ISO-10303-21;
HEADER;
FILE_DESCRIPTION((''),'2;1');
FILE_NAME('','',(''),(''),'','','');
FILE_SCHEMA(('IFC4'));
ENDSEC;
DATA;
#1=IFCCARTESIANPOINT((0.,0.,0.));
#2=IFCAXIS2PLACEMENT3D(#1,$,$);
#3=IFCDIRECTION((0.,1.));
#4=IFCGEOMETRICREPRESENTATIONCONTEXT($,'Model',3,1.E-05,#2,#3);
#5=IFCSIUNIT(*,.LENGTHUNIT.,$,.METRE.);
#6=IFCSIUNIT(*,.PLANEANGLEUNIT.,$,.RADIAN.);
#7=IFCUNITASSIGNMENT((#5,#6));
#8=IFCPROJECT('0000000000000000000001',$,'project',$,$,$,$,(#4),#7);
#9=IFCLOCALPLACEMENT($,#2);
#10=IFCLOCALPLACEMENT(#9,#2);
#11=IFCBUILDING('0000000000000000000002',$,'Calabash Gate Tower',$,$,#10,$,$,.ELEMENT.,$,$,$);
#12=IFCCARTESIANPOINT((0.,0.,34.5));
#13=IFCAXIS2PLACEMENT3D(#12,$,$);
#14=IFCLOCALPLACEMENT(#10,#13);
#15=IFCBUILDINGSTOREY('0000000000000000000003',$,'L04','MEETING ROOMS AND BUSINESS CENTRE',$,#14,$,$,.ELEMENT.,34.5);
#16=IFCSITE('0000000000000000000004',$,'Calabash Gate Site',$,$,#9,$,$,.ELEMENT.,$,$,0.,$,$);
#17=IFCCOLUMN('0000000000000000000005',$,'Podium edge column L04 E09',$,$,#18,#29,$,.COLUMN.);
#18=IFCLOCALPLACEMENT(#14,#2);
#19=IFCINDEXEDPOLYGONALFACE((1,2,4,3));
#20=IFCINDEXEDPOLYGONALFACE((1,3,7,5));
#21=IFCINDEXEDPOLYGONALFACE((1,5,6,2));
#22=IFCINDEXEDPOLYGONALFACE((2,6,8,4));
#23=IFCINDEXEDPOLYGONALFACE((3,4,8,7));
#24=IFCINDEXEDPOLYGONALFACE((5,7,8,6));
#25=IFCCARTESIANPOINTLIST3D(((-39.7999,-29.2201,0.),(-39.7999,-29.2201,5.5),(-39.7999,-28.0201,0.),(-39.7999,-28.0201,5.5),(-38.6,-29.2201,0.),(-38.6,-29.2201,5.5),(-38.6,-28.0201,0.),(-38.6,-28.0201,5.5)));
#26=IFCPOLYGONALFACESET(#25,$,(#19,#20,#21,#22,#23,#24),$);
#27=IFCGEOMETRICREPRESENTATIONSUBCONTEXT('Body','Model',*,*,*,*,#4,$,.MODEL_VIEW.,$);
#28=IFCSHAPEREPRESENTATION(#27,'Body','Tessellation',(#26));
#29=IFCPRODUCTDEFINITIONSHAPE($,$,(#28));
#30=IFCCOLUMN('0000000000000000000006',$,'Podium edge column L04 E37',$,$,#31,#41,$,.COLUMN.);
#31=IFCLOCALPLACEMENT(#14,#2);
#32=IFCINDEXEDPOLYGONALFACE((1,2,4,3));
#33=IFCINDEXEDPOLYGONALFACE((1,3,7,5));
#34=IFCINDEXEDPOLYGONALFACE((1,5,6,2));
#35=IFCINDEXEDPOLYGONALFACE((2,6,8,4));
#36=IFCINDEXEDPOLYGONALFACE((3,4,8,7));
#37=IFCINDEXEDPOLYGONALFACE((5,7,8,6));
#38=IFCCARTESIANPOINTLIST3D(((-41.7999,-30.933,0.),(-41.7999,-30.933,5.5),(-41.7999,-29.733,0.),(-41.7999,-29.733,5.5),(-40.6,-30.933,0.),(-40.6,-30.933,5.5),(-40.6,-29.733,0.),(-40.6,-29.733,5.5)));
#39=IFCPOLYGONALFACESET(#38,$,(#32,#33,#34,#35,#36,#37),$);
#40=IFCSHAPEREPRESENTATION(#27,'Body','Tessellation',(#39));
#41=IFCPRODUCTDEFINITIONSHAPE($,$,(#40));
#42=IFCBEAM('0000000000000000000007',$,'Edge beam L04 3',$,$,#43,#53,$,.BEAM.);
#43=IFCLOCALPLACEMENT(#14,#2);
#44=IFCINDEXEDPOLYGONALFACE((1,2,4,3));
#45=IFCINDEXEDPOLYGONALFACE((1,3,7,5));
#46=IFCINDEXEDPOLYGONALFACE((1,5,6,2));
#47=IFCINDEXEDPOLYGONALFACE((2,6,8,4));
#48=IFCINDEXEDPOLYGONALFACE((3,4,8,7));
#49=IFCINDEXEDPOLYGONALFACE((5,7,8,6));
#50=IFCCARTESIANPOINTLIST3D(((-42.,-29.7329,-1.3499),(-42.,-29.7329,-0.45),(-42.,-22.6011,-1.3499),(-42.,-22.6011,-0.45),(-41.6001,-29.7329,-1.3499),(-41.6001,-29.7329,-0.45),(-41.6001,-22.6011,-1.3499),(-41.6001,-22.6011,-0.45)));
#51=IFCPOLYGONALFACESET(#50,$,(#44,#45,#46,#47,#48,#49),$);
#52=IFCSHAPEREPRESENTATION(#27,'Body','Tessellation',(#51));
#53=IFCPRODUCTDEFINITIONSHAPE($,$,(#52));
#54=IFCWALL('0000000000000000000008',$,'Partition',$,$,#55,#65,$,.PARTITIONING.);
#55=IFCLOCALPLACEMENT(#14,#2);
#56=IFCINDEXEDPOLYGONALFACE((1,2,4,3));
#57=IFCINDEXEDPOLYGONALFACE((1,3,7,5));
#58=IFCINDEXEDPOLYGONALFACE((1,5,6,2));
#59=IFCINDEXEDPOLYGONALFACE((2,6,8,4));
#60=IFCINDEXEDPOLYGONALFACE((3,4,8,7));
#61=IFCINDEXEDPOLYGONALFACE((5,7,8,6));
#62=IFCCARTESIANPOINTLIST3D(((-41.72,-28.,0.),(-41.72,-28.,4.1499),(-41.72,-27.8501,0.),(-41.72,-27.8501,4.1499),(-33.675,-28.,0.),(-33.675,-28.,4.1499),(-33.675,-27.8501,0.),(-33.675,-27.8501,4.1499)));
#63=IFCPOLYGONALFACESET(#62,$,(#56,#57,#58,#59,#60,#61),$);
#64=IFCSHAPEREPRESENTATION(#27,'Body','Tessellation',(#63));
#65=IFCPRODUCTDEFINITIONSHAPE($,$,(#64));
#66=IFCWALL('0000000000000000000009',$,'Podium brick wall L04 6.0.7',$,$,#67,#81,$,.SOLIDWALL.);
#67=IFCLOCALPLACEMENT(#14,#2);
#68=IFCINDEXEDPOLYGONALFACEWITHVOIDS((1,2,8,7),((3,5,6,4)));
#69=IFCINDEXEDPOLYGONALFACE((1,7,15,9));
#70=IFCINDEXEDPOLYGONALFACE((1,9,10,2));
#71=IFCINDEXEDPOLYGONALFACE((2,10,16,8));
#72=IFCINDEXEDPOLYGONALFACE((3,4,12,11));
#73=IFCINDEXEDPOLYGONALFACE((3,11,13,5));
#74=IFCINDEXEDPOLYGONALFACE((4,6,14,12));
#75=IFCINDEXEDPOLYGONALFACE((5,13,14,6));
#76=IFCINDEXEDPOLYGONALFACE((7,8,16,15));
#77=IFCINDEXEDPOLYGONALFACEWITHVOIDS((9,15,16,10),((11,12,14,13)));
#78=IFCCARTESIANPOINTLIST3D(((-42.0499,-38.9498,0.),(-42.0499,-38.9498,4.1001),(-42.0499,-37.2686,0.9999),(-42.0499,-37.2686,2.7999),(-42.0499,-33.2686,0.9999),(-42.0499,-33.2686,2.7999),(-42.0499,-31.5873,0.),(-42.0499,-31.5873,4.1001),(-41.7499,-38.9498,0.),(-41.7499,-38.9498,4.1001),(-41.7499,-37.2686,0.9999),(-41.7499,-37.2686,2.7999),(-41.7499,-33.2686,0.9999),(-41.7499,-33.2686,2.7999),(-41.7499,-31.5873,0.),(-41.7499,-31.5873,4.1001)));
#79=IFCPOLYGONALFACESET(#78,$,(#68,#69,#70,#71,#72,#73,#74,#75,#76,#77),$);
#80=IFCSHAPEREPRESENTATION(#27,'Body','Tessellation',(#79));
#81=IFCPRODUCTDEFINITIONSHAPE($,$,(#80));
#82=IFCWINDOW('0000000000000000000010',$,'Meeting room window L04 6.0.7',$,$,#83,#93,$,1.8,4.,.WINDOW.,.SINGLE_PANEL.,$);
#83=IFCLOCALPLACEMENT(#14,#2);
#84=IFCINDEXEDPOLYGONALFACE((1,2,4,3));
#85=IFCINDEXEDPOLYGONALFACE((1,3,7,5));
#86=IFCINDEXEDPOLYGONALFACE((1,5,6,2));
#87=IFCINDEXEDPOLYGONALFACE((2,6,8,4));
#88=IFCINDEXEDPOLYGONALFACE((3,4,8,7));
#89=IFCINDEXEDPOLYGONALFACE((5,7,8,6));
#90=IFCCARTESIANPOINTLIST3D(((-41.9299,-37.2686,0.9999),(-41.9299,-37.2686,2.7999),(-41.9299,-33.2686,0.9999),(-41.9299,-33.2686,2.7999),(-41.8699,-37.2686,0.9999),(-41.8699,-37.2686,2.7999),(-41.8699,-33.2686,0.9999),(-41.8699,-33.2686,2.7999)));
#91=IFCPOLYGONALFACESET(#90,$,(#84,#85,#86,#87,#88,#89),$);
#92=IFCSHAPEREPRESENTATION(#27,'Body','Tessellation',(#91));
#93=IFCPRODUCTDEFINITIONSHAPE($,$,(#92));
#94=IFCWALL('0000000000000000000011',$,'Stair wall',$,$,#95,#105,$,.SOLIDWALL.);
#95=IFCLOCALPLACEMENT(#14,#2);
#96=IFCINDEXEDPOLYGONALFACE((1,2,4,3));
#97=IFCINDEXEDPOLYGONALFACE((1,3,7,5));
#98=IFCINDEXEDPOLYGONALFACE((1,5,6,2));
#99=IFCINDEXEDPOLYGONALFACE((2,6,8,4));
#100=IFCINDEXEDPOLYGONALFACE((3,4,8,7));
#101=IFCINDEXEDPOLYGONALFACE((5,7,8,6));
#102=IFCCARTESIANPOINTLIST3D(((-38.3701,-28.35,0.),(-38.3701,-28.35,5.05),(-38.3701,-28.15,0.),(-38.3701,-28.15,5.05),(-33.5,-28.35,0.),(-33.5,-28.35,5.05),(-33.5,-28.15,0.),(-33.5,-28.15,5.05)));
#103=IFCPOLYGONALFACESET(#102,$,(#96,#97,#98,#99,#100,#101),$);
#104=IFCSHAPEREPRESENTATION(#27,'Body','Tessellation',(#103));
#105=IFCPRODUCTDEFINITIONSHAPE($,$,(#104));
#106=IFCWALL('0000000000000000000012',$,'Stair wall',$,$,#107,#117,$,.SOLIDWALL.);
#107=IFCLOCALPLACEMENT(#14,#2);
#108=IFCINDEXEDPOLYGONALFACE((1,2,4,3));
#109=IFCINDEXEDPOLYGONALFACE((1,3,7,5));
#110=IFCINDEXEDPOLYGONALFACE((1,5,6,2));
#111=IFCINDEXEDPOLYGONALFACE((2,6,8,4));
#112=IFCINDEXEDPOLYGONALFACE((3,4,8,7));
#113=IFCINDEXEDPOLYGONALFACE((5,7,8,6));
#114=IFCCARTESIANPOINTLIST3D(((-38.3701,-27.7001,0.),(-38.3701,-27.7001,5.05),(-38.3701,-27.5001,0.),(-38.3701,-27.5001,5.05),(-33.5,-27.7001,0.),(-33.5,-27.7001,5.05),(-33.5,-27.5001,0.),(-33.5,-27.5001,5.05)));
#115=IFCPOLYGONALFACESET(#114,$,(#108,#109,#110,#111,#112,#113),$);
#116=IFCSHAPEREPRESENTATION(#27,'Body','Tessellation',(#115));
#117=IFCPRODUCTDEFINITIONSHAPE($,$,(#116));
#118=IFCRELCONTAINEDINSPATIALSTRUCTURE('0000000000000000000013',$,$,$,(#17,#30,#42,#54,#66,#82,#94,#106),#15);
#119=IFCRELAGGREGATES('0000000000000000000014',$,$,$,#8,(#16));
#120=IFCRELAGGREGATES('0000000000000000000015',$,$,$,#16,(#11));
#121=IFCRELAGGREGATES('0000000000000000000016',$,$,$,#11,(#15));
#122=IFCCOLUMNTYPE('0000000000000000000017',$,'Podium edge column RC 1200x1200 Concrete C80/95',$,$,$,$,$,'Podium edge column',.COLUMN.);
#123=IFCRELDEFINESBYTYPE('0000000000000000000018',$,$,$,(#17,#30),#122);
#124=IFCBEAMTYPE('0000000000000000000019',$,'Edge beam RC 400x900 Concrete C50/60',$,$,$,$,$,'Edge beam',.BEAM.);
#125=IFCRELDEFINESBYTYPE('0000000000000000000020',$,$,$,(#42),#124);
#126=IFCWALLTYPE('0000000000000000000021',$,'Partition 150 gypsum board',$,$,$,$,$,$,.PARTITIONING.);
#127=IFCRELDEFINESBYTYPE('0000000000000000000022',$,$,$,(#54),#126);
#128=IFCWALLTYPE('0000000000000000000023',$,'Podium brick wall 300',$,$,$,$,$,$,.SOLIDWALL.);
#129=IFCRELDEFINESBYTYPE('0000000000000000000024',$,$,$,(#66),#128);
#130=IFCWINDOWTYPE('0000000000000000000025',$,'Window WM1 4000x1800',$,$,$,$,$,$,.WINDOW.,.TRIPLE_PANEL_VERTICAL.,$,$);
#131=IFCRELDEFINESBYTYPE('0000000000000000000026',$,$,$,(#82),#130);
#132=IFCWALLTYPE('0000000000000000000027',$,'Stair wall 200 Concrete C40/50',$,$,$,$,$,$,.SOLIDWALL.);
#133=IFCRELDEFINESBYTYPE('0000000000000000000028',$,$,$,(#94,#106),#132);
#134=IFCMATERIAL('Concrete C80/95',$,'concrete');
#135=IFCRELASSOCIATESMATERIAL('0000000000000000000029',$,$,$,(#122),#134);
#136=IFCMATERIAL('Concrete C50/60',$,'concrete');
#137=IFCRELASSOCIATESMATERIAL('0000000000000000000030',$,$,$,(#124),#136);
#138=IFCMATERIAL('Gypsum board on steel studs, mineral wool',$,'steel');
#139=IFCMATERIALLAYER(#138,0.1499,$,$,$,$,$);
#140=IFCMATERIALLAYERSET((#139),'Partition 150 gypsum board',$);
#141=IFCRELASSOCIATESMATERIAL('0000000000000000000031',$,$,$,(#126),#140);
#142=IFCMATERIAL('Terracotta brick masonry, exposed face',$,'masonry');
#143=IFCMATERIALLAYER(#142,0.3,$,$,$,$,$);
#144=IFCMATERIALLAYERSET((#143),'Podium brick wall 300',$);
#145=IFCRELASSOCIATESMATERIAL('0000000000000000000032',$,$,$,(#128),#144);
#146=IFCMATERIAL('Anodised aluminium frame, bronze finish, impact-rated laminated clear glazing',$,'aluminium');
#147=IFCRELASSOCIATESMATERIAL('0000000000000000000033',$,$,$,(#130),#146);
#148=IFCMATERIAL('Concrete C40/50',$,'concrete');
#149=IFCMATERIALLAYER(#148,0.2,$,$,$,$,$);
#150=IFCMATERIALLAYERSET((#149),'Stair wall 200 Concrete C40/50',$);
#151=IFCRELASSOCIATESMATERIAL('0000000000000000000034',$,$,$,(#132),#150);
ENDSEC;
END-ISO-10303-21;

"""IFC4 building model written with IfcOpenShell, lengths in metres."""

from ifc_helpers import new_model, si_unit, direction, frame, frame_2d, origin, origin_2d, place, context, subcontext, project, spatial, rectangle, extrude, material, layer, layer_set, material_profile, profile_set, type_object, element, fill, save


model = new_model("IFC4")

# Units and contexts
model_context = context("Model", 3, precision=1e-05, world=origin(), true_north=direction((0.0, 1.0)))
body_context = subcontext(model_context, "Body", "Model", "MODEL_VIEW")
ifc_project = project(units=[si_unit("LENGTHUNIT", "METRE"), si_unit("PLANEANGLEUNIT", "RADIAN")], contexts=[model_context])

# Site, building, storey
site_placement = place(None, origin())
site = spatial("IfcSite", under=ifc_project, at=site_placement, Name="Calabash Gate Site", CompositionType="ELEMENT", RefElevation=0.0)
building_placement = place(site_placement, origin())
building = spatial("IfcBuilding", under=site, at=building_placement, Name="Calabash Gate Tower", CompositionType="ELEMENT")
storey_placement = place(building_placement, frame((0.0, 0.0, 34.5)))
storey = spatial("IfcBuildingStorey", under=building, at=storey_placement, Name="L04", Description="MEETING ROOMS AND BUSINESS CENTRE", CompositionType="ELEMENT", Elevation=34.5)

# Columns
ifc_material_1 = material(Name="Concrete C80/95", Category="concrete")
ifc_material_profile_1 = material_profile(ifc_material_1, rectangle(XDim=1.2, YDim=1.2, at=origin_2d()))
ifc_profile_set_1 = profile_set([ifc_material_profile_1], Name="Concrete C80/95")
column_type = type_object("IfcColumnType", Name="Podium edge column RC 1200x1200 Concrete C80/95", ElementType="Podium edge column", PredefinedType="COLUMN", material=ifc_profile_set_1)
for number, where, z_axis, x_axis, name in (
    (1, (-39.2, -28.6201, 0.0), (0.0, 0.0, 1.0), (1.0, 0.0, 0.0), "Podium edge column L04 E09"),
    (2, (-41.2, -30.333, 0.0), (0.0, 0.0, 1.0), (1.0, 0.0, 0.0), "Podium edge column L04 E37"),
):
    element("IfcColumn", number, at=place(storey_placement, frame(where, z_axis=z_axis, x_axis=x_axis)), inside=storey, type_object=column_type, Name=name, PredefinedType="COLUMN", context=body_context, shape_type="SweptSolid", body=[
        extrude(rectangle(XDim=1.2, YDim=1.2, at=origin_2d()), origin(), (0.0, 0.0, 1.0), 5.5),
    ])

# Beam
ifc_material_2 = material(Name="Concrete C50/60", Category="concrete")
ifc_material_profile_2 = material_profile(ifc_material_2, rectangle(XDim=0.3999, YDim=0.8999, at=origin_2d()))
ifc_profile_set_2 = profile_set([ifc_material_profile_2], Name="Concrete C50/60")
beam_type = type_object("IfcBeamType", Name="Edge beam RC 400x900 Concrete C50/60", ElementType="Edge beam", PredefinedType="BEAM", material=ifc_profile_set_2)
beam_placement = place(storey_placement, frame((-41.8, -29.7329, -0.8999), z_axis=(0.0, 1.0, 0.0), x_axis=(-1.0, 0.0, 0.0)))
element("IfcBeam", 3, at=beam_placement, inside=storey, type_object=beam_type, Name="Edge beam L04 3", PredefinedType="BEAM", context=body_context, shape_type="SweptSolid", body=[
    extrude(rectangle(XDim=0.3999, YDim=0.8999, at=origin_2d()), origin(), (0.0, 0.0, 1.0), 7.1318),
])

# Wall
ifc_material_3 = material(Name="Gypsum board on steel studs, mineral wool", Category="steel")
ifc_layer_1 = layer(ifc_material_3, 0.1499)
ifc_layer_set_1 = layer_set([ifc_layer_1], Name="Partition 150 gypsum board")
wall_type_1 = type_object("IfcWallType", Name="Partition 150 gypsum board", PredefinedType="PARTITIONING", material=ifc_layer_set_1)
wall_1_placement = place(storey_placement, frame((-41.72, -27.925, 0.0), z_axis=(0.0, 0.0, 1.0), x_axis=(1.0, 0.0, 0.0)))
element("IfcWall", 4, at=wall_1_placement, inside=storey, type_object=wall_type_1, Name="Partition", PredefinedType="PARTITIONING", context=body_context, shape_type="SweptSolid", body=[
    extrude(rectangle(XDim=8.0449, YDim=0.1499, at=frame_2d((4.0225, 0.0))), origin(), (0.0, 0.0, 1.0), 4.1499),
])

# Wall, opening, window
ifc_material_4 = material(Name="Terracotta brick masonry, exposed face", Category="masonry")
ifc_layer_2 = layer(ifc_material_4, 0.3)
ifc_layer_set_2 = layer_set([ifc_layer_2], Name="Podium brick wall 300")
wall_type_2 = type_object("IfcWallType", Name="Podium brick wall 300", PredefinedType="SOLIDWALL", material=ifc_layer_set_2)
wall_2_placement = place(storey_placement, frame((-41.8999, -31.5874, 0.0), z_axis=(0.0, 0.0, 1.0), x_axis=(0.0, -1.0, 0.0)))
wall_2 = element("IfcWall", 5, at=wall_2_placement, inside=storey, type_object=wall_type_2, Name="Podium brick wall L04 6.0.7", PredefinedType="SOLIDWALL", context=body_context, shape_type="SweptSolid", body=[
    extrude(rectangle(XDim=7.3625, YDim=0.3, at=frame_2d((3.6812, 0.0))), origin(), (0.0, 0.0, 1.0), 4.1001),
])
opening_1_placement = place(wall_2_placement, frame((1.6812, 0.0, 1.0)))
opening_1 = element("IfcOpeningElement", 6, at=opening_1_placement, cuts=wall_2, PredefinedType="OPENING", context=body_context, shape_type="SweptSolid", body=[
    extrude(rectangle(XDim=4.0, YDim=1.8, at=frame_2d((2.0, 0.8999))), frame((0.0, 0.1599, 0.0), z_axis=(0.0, -1.0, 0.0), x_axis=(1.0, 0.0, 0.0)), (0.0, 0.0, 1.0), 0.3201),
])
ifc_material_5 = material(Name="Anodised aluminium frame, bronze finish, impact-rated laminated clear glazing", Category="aluminium")
window_type = type_object("IfcWindowType", Name="Window WM1 4000x1800", PartitioningType="TRIPLE_PANEL_VERTICAL", PredefinedType="WINDOW", material=ifc_material_5)
window_placement = place(opening_1_placement, origin())
window = element("IfcWindow", 7, at=window_placement, inside=storey, type_object=window_type, Name="Meeting room window L04 6.0.7", OverallHeight=1.8, OverallWidth=4.0, PartitioningType="SINGLE_PANEL", PredefinedType="WINDOW", context=body_context, shape_type="SweptSolid", body=[
    extrude(rectangle(XDim=4.0, YDim=1.8, at=frame_2d((2.0, 0.8999))), frame((0.0, 0.03, 0.0), z_axis=(0.0, -1.0, 0.0), x_axis=(1.0, 0.0, 0.0)), (0.0, 0.0, 1.0), 0.0601),
])
fill(opening_1, window)

# Walls
ifc_material_6 = material(Name="Concrete C40/50", Category="concrete")
ifc_layer_3 = layer(ifc_material_6, 0.2)
ifc_layer_set_3 = layer_set([ifc_layer_3], Name="Stair wall 200 Concrete C40/50")
wall_type_3 = type_object("IfcWallType", Name="Stair wall 200 Concrete C40/50", PredefinedType="SOLIDWALL", material=ifc_layer_set_3)
for number, where, z_axis, x_axis, name in (
    (8, (-38.3701, -28.25, 0.0), (0.0, 0.0, 1.0), (1.0, 0.0, 0.0), "Stair wall"),
    (9, (-38.3701, -27.6001, 0.0), (0.0, 0.0, 1.0), (1.0, 0.0, 0.0), "Stair wall"),
):
    element("IfcWall", number, at=place(storey_placement, frame(where, z_axis=z_axis, x_axis=x_axis)), inside=storey, type_object=wall_type_3, Name=name, PredefinedType="SOLIDWALL", context=body_context, shape_type="SweptSolid", body=[
        extrude(rectangle(XDim=4.8701, YDim=0.2, at=frame_2d((2.4351, 0.0))), origin(), (0.0, 0.0, 1.0), 5.05),
    ])

save(model, "model.ifc")
